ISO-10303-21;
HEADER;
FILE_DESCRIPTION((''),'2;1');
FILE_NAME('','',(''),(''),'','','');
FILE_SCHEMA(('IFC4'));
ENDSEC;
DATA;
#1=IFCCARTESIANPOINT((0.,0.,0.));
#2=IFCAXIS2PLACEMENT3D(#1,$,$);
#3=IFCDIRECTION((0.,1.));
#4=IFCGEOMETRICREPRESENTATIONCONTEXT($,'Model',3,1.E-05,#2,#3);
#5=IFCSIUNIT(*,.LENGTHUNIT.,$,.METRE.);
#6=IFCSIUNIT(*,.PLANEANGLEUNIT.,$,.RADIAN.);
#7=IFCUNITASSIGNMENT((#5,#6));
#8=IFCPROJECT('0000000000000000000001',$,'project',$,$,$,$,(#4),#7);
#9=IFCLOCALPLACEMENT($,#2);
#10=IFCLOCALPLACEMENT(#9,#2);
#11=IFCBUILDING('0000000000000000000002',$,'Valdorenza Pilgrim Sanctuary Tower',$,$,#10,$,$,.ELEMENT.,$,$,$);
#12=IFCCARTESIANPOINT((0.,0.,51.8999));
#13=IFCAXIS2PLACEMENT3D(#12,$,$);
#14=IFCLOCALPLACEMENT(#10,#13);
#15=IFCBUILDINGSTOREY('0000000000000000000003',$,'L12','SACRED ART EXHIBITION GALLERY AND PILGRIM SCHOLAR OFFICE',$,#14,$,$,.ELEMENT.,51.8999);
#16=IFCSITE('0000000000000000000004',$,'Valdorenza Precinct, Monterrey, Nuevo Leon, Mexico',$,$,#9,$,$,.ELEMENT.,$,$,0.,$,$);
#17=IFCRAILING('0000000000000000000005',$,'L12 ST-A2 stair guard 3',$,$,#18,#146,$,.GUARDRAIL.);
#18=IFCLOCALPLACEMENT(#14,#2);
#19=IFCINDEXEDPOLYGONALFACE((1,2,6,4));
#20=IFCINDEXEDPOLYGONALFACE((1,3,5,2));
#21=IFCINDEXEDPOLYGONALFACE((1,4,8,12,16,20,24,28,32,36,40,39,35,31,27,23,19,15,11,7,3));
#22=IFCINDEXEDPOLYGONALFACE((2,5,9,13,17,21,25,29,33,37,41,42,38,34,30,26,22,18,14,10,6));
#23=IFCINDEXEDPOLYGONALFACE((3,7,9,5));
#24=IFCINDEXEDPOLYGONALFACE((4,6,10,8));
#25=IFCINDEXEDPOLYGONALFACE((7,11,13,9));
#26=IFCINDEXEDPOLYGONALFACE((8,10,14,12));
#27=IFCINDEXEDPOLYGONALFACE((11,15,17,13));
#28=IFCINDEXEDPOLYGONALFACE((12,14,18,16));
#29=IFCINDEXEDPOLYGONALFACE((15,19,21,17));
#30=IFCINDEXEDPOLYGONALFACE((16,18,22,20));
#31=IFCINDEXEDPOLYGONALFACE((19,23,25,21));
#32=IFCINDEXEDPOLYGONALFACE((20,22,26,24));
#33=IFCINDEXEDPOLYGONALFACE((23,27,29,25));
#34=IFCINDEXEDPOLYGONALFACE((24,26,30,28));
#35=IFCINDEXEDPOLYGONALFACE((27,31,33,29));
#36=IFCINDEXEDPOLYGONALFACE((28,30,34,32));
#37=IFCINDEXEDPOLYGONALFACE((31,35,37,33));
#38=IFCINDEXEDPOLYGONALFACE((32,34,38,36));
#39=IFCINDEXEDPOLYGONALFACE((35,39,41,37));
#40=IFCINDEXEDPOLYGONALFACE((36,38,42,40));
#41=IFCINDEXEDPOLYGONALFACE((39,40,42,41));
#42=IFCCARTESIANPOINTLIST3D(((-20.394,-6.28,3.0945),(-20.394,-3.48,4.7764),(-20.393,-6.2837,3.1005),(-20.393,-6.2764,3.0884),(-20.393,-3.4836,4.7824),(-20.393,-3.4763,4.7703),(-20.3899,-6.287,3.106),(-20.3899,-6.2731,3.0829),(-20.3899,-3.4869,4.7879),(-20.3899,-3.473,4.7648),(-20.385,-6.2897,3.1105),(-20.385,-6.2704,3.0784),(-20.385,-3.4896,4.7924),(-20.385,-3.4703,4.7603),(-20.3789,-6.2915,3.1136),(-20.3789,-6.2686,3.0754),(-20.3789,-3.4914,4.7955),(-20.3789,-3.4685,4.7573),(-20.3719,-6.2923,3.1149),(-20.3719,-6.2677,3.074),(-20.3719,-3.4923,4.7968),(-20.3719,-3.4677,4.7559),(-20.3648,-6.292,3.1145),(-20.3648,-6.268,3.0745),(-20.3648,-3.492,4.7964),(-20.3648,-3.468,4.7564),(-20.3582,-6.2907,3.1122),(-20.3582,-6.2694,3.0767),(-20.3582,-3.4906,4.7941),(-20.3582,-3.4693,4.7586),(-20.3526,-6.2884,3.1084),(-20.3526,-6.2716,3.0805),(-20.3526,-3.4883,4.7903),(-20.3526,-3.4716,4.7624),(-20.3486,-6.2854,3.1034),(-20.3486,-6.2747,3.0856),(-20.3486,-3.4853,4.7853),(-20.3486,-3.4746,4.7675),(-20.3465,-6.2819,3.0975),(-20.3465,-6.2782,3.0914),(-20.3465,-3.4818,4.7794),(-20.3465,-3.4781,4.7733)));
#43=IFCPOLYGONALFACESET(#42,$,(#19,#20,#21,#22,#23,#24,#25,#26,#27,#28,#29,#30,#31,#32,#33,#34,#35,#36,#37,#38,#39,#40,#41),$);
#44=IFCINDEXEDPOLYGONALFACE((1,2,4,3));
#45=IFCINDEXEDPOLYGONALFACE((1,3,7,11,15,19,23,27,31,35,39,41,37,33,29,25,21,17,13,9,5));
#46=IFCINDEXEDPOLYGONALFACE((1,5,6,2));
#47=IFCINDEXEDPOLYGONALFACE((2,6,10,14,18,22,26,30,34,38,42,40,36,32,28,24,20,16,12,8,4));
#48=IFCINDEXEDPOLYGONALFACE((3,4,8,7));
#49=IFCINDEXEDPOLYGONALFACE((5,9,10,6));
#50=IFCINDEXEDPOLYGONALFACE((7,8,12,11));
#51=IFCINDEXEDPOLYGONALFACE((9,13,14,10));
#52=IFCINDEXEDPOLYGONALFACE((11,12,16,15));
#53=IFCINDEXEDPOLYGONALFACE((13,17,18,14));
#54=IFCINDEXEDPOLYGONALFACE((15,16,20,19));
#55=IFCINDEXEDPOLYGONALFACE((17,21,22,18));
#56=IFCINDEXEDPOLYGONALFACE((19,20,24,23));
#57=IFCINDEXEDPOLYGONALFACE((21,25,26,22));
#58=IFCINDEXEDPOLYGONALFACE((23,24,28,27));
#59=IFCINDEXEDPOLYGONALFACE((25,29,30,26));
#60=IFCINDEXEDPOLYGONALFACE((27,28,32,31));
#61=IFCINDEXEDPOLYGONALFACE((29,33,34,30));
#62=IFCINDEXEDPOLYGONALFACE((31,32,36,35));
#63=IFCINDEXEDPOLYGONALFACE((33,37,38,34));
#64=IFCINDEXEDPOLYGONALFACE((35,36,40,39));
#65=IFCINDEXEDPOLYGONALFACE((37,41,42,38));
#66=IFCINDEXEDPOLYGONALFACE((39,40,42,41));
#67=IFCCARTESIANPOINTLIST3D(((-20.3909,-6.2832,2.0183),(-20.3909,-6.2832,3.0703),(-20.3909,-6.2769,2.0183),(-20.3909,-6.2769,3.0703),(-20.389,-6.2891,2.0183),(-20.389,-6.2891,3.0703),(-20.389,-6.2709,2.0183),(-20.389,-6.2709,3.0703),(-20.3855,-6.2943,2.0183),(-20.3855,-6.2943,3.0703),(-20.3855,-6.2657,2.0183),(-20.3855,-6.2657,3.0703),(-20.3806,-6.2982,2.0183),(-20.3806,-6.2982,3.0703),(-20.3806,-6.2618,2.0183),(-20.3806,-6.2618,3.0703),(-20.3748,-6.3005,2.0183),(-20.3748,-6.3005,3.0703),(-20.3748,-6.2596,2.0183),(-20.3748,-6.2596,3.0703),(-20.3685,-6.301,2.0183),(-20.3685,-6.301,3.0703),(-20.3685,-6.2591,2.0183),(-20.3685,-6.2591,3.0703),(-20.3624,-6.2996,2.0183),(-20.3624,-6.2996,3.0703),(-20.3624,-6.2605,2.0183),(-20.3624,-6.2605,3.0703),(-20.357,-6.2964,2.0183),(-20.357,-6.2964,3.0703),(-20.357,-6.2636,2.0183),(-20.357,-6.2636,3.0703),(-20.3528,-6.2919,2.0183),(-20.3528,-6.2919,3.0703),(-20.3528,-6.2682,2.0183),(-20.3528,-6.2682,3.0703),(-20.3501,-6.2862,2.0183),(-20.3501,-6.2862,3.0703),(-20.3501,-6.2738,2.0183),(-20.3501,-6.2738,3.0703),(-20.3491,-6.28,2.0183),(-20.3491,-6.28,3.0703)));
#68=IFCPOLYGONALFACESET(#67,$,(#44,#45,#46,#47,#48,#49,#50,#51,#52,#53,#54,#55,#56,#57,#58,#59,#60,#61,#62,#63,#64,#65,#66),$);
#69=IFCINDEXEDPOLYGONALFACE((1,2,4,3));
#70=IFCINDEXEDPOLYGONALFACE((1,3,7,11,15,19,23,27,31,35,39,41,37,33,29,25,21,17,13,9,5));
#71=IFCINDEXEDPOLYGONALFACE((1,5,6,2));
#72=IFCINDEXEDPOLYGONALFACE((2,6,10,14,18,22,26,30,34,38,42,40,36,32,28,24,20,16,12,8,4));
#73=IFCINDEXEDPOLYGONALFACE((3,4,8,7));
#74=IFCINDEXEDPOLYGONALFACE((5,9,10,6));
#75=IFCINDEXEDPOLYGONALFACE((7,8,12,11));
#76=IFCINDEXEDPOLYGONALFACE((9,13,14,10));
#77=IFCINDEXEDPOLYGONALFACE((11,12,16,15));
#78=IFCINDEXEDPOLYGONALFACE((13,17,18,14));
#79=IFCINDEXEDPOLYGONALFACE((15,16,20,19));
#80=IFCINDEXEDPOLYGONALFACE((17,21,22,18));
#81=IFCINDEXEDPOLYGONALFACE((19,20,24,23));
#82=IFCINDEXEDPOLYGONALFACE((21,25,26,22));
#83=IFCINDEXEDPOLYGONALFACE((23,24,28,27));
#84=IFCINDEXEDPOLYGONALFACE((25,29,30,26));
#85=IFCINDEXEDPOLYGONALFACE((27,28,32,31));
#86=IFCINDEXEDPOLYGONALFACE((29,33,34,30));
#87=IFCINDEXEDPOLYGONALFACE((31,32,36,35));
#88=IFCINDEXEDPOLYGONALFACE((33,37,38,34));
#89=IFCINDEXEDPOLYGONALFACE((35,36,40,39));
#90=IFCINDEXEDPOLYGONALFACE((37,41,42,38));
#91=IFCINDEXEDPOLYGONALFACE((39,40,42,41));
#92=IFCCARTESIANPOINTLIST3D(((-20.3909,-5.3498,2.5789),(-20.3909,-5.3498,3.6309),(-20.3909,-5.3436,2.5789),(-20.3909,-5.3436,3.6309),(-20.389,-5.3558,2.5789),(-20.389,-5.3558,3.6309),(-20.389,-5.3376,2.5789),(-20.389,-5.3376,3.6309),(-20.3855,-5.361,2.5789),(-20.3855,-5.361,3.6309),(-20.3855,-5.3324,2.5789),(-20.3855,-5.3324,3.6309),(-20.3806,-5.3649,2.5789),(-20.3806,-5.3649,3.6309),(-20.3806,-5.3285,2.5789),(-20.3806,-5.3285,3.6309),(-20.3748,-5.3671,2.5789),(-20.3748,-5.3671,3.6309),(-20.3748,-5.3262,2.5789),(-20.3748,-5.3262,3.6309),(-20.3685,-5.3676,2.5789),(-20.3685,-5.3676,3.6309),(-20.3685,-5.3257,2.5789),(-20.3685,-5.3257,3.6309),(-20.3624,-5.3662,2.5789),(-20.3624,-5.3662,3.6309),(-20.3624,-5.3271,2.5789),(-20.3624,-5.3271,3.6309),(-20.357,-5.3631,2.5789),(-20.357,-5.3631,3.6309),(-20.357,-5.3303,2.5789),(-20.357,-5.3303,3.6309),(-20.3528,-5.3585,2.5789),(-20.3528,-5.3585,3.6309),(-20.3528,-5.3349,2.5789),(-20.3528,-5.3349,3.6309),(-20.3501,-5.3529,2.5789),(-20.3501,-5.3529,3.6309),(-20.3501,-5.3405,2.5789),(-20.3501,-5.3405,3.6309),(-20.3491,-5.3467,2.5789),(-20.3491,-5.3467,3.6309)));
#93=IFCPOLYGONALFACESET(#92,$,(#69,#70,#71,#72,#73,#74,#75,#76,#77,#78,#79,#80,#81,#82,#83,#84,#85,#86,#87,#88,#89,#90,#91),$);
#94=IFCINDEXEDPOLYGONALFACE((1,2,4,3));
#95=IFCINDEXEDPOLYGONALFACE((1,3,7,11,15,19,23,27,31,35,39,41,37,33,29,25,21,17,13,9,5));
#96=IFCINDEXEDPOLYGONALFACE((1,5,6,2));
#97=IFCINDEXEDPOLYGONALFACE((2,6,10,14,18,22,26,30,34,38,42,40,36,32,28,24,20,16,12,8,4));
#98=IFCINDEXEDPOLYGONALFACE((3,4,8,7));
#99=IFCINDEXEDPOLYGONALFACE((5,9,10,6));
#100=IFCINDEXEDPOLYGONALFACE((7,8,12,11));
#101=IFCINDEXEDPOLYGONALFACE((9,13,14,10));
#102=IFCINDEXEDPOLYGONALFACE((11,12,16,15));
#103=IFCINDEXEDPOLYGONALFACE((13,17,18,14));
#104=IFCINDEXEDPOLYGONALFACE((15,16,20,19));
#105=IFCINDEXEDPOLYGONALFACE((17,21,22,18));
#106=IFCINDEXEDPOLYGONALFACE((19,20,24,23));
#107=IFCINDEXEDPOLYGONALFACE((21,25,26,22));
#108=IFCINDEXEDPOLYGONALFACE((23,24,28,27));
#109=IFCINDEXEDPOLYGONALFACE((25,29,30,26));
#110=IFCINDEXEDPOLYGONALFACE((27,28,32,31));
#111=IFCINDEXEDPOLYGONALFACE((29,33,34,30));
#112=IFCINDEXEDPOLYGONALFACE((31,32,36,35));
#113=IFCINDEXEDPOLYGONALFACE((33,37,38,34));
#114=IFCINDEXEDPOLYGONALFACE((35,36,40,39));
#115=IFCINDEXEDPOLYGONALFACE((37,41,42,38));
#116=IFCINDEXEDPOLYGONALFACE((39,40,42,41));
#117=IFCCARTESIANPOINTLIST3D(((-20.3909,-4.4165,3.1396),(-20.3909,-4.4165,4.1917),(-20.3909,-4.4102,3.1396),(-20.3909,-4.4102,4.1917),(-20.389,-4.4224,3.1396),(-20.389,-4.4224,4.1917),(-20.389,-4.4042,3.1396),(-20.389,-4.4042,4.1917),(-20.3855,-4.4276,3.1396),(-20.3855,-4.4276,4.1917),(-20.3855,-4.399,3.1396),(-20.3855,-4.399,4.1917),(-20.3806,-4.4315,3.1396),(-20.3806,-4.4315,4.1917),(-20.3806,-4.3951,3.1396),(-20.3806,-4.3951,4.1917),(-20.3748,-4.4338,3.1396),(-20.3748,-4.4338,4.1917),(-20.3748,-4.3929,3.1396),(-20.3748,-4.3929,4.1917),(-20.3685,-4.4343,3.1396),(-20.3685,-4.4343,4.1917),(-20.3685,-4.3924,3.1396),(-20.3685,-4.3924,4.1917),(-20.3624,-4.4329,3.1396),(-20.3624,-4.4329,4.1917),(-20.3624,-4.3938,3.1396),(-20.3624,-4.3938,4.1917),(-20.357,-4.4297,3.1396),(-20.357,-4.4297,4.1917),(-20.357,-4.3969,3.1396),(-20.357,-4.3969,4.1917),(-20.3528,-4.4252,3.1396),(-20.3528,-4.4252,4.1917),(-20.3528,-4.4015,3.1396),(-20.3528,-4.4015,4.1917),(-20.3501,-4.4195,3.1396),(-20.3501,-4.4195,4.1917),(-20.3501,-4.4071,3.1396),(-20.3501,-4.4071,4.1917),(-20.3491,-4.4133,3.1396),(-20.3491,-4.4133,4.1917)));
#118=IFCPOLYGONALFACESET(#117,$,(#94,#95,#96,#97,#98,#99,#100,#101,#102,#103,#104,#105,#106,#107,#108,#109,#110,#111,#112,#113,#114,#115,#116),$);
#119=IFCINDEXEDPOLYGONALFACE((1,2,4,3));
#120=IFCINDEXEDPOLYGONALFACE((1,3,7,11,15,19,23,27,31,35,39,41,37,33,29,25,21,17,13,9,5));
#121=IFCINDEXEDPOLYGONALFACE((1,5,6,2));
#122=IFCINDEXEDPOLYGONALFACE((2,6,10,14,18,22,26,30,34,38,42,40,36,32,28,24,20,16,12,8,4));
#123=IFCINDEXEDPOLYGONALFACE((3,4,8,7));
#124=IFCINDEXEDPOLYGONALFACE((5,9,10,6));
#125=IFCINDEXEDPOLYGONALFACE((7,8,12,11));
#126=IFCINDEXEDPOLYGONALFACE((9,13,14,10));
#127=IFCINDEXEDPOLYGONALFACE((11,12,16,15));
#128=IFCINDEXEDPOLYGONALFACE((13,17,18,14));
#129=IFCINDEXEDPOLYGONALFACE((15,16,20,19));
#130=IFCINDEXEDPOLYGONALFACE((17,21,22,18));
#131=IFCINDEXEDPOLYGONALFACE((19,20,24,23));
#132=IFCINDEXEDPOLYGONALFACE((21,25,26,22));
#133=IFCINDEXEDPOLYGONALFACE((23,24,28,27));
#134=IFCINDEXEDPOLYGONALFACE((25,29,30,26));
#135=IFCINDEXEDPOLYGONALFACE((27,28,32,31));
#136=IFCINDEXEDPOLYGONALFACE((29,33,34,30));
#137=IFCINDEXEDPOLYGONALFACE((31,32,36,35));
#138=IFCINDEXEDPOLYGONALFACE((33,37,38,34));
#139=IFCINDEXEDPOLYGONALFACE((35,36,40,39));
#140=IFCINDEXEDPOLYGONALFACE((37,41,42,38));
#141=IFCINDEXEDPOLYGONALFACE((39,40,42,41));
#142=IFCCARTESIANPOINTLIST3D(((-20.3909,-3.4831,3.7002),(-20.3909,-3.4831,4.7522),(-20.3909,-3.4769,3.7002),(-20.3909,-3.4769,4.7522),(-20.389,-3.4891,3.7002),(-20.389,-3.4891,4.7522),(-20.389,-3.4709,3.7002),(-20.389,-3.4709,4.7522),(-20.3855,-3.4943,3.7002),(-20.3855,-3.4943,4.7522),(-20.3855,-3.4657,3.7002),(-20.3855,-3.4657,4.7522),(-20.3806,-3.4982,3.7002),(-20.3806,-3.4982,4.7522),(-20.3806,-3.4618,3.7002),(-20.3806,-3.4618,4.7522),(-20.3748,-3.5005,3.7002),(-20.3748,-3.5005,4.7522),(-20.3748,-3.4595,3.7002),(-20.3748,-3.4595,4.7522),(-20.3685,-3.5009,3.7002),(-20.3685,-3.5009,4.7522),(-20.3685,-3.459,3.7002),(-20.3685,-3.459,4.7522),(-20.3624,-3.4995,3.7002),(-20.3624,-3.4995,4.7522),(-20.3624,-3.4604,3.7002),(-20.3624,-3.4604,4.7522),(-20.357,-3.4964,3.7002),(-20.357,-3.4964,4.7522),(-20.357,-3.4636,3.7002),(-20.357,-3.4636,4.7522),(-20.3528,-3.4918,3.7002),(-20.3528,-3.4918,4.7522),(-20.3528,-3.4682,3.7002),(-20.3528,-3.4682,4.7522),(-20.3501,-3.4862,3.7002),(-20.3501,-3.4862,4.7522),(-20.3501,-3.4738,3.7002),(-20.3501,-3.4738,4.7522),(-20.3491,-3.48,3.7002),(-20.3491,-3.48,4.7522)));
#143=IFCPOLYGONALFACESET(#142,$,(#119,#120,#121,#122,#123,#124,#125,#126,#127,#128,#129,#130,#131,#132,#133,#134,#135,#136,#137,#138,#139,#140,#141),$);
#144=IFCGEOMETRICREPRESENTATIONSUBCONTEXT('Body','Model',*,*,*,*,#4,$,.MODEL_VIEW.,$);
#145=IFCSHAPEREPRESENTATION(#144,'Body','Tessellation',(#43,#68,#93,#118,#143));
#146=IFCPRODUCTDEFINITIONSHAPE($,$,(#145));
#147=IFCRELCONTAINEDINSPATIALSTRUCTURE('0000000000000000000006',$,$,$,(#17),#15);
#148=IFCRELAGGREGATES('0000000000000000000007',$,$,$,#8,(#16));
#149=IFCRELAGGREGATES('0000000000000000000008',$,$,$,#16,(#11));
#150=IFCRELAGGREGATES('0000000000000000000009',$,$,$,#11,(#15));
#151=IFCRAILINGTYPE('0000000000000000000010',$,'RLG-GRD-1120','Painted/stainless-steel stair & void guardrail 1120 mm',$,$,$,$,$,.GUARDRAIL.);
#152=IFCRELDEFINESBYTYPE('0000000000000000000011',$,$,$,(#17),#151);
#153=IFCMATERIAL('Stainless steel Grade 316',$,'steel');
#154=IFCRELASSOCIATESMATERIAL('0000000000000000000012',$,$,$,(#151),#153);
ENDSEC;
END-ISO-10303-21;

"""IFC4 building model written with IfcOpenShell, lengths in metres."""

from ifc_helpers import new_model, si_unit, direction, frame, origin, origin_2d, place, context, subcontext, project, spatial, circle, extrude, material, type_object, element, save


model = new_model("IFC4")

# Units and contexts
model_context = context("Model", 3, precision=1e-05, world=origin(), true_north=direction((0.0, 1.0)))
body_context = subcontext(model_context, "Body", "Model", "MODEL_VIEW")
ifc_project = project(units=[si_unit("LENGTHUNIT", "METRE"), si_unit("PLANEANGLEUNIT", "RADIAN")], contexts=[model_context])

# Site, building, storey
site_placement = place(None, origin())
site = spatial("IfcSite", under=ifc_project, at=site_placement, Name="Valdorenza Precinct, Monterrey, Nuevo Leon, Mexico", CompositionType="ELEMENT", RefElevation=0.0)
building_placement = place(site_placement, origin())
building = spatial("IfcBuilding", under=site, at=building_placement, Name="Valdorenza Pilgrim Sanctuary Tower", CompositionType="ELEMENT")
storey_placement = place(building_placement, frame((0.0, 0.0, 51.8999)))
storey = spatial("IfcBuildingStorey", under=building, at=storey_placement, Name="L12", Description="SACRED ART EXHIBITION GALLERY AND PILGRIM SCHOLAR OFFICE", CompositionType="ELEMENT", Elevation=51.8999)

# Railing
ifc_material_1 = material(Name="Stainless steel Grade 316", Category="steel")
railing_type_1 = type_object("IfcRailingType", Name="RLG-GRD-1120", Description="Painted/stainless-steel stair & void guardrail 1120 mm", PredefinedType="GUARDRAIL", material=ifc_material_1)
railing_1_placement = place(storey_placement, frame((-20.3701, -6.28, 2.0183)))
element("IfcRailing", 1, at=railing_1_placement, inside=storey, type_object=railing_type_1, Name="L12 ST-A2 stair guard 3", PredefinedType="GUARDRAIL", context=body_context, shape_type="SweptSolid", body=[
    extrude(circle(Radius=0.0239, at=origin_2d()), frame((0.0, 0.0, 1.0762), z_axis=(0.0, 0.857242, 0.514913), x_axis=(-1.0, 0.0, 0.0)), (0.0, 0.0, 1.0), 3.2664),
    extrude(circle(Radius=0.021, at=origin_2d()), origin(), (0.0, 0.0, 1.0), 1.052),
    extrude(circle(Radius=0.021, at=origin_2d()), frame((0.0, 0.9333, 0.5605)), (0.0, 0.0, 1.0), 1.052),
    extrude(circle(Radius=0.021, at=origin_2d()), frame((0.0, 1.8667, 1.1213)), (0.0, 0.0, 1.0), 1.052),
    extrude(circle(Radius=0.021, at=origin_2d()), frame((0.0, 2.8, 1.6819)), (0.0, 0.0, 1.0), 1.052),
])

save(model, "model.ifc")
